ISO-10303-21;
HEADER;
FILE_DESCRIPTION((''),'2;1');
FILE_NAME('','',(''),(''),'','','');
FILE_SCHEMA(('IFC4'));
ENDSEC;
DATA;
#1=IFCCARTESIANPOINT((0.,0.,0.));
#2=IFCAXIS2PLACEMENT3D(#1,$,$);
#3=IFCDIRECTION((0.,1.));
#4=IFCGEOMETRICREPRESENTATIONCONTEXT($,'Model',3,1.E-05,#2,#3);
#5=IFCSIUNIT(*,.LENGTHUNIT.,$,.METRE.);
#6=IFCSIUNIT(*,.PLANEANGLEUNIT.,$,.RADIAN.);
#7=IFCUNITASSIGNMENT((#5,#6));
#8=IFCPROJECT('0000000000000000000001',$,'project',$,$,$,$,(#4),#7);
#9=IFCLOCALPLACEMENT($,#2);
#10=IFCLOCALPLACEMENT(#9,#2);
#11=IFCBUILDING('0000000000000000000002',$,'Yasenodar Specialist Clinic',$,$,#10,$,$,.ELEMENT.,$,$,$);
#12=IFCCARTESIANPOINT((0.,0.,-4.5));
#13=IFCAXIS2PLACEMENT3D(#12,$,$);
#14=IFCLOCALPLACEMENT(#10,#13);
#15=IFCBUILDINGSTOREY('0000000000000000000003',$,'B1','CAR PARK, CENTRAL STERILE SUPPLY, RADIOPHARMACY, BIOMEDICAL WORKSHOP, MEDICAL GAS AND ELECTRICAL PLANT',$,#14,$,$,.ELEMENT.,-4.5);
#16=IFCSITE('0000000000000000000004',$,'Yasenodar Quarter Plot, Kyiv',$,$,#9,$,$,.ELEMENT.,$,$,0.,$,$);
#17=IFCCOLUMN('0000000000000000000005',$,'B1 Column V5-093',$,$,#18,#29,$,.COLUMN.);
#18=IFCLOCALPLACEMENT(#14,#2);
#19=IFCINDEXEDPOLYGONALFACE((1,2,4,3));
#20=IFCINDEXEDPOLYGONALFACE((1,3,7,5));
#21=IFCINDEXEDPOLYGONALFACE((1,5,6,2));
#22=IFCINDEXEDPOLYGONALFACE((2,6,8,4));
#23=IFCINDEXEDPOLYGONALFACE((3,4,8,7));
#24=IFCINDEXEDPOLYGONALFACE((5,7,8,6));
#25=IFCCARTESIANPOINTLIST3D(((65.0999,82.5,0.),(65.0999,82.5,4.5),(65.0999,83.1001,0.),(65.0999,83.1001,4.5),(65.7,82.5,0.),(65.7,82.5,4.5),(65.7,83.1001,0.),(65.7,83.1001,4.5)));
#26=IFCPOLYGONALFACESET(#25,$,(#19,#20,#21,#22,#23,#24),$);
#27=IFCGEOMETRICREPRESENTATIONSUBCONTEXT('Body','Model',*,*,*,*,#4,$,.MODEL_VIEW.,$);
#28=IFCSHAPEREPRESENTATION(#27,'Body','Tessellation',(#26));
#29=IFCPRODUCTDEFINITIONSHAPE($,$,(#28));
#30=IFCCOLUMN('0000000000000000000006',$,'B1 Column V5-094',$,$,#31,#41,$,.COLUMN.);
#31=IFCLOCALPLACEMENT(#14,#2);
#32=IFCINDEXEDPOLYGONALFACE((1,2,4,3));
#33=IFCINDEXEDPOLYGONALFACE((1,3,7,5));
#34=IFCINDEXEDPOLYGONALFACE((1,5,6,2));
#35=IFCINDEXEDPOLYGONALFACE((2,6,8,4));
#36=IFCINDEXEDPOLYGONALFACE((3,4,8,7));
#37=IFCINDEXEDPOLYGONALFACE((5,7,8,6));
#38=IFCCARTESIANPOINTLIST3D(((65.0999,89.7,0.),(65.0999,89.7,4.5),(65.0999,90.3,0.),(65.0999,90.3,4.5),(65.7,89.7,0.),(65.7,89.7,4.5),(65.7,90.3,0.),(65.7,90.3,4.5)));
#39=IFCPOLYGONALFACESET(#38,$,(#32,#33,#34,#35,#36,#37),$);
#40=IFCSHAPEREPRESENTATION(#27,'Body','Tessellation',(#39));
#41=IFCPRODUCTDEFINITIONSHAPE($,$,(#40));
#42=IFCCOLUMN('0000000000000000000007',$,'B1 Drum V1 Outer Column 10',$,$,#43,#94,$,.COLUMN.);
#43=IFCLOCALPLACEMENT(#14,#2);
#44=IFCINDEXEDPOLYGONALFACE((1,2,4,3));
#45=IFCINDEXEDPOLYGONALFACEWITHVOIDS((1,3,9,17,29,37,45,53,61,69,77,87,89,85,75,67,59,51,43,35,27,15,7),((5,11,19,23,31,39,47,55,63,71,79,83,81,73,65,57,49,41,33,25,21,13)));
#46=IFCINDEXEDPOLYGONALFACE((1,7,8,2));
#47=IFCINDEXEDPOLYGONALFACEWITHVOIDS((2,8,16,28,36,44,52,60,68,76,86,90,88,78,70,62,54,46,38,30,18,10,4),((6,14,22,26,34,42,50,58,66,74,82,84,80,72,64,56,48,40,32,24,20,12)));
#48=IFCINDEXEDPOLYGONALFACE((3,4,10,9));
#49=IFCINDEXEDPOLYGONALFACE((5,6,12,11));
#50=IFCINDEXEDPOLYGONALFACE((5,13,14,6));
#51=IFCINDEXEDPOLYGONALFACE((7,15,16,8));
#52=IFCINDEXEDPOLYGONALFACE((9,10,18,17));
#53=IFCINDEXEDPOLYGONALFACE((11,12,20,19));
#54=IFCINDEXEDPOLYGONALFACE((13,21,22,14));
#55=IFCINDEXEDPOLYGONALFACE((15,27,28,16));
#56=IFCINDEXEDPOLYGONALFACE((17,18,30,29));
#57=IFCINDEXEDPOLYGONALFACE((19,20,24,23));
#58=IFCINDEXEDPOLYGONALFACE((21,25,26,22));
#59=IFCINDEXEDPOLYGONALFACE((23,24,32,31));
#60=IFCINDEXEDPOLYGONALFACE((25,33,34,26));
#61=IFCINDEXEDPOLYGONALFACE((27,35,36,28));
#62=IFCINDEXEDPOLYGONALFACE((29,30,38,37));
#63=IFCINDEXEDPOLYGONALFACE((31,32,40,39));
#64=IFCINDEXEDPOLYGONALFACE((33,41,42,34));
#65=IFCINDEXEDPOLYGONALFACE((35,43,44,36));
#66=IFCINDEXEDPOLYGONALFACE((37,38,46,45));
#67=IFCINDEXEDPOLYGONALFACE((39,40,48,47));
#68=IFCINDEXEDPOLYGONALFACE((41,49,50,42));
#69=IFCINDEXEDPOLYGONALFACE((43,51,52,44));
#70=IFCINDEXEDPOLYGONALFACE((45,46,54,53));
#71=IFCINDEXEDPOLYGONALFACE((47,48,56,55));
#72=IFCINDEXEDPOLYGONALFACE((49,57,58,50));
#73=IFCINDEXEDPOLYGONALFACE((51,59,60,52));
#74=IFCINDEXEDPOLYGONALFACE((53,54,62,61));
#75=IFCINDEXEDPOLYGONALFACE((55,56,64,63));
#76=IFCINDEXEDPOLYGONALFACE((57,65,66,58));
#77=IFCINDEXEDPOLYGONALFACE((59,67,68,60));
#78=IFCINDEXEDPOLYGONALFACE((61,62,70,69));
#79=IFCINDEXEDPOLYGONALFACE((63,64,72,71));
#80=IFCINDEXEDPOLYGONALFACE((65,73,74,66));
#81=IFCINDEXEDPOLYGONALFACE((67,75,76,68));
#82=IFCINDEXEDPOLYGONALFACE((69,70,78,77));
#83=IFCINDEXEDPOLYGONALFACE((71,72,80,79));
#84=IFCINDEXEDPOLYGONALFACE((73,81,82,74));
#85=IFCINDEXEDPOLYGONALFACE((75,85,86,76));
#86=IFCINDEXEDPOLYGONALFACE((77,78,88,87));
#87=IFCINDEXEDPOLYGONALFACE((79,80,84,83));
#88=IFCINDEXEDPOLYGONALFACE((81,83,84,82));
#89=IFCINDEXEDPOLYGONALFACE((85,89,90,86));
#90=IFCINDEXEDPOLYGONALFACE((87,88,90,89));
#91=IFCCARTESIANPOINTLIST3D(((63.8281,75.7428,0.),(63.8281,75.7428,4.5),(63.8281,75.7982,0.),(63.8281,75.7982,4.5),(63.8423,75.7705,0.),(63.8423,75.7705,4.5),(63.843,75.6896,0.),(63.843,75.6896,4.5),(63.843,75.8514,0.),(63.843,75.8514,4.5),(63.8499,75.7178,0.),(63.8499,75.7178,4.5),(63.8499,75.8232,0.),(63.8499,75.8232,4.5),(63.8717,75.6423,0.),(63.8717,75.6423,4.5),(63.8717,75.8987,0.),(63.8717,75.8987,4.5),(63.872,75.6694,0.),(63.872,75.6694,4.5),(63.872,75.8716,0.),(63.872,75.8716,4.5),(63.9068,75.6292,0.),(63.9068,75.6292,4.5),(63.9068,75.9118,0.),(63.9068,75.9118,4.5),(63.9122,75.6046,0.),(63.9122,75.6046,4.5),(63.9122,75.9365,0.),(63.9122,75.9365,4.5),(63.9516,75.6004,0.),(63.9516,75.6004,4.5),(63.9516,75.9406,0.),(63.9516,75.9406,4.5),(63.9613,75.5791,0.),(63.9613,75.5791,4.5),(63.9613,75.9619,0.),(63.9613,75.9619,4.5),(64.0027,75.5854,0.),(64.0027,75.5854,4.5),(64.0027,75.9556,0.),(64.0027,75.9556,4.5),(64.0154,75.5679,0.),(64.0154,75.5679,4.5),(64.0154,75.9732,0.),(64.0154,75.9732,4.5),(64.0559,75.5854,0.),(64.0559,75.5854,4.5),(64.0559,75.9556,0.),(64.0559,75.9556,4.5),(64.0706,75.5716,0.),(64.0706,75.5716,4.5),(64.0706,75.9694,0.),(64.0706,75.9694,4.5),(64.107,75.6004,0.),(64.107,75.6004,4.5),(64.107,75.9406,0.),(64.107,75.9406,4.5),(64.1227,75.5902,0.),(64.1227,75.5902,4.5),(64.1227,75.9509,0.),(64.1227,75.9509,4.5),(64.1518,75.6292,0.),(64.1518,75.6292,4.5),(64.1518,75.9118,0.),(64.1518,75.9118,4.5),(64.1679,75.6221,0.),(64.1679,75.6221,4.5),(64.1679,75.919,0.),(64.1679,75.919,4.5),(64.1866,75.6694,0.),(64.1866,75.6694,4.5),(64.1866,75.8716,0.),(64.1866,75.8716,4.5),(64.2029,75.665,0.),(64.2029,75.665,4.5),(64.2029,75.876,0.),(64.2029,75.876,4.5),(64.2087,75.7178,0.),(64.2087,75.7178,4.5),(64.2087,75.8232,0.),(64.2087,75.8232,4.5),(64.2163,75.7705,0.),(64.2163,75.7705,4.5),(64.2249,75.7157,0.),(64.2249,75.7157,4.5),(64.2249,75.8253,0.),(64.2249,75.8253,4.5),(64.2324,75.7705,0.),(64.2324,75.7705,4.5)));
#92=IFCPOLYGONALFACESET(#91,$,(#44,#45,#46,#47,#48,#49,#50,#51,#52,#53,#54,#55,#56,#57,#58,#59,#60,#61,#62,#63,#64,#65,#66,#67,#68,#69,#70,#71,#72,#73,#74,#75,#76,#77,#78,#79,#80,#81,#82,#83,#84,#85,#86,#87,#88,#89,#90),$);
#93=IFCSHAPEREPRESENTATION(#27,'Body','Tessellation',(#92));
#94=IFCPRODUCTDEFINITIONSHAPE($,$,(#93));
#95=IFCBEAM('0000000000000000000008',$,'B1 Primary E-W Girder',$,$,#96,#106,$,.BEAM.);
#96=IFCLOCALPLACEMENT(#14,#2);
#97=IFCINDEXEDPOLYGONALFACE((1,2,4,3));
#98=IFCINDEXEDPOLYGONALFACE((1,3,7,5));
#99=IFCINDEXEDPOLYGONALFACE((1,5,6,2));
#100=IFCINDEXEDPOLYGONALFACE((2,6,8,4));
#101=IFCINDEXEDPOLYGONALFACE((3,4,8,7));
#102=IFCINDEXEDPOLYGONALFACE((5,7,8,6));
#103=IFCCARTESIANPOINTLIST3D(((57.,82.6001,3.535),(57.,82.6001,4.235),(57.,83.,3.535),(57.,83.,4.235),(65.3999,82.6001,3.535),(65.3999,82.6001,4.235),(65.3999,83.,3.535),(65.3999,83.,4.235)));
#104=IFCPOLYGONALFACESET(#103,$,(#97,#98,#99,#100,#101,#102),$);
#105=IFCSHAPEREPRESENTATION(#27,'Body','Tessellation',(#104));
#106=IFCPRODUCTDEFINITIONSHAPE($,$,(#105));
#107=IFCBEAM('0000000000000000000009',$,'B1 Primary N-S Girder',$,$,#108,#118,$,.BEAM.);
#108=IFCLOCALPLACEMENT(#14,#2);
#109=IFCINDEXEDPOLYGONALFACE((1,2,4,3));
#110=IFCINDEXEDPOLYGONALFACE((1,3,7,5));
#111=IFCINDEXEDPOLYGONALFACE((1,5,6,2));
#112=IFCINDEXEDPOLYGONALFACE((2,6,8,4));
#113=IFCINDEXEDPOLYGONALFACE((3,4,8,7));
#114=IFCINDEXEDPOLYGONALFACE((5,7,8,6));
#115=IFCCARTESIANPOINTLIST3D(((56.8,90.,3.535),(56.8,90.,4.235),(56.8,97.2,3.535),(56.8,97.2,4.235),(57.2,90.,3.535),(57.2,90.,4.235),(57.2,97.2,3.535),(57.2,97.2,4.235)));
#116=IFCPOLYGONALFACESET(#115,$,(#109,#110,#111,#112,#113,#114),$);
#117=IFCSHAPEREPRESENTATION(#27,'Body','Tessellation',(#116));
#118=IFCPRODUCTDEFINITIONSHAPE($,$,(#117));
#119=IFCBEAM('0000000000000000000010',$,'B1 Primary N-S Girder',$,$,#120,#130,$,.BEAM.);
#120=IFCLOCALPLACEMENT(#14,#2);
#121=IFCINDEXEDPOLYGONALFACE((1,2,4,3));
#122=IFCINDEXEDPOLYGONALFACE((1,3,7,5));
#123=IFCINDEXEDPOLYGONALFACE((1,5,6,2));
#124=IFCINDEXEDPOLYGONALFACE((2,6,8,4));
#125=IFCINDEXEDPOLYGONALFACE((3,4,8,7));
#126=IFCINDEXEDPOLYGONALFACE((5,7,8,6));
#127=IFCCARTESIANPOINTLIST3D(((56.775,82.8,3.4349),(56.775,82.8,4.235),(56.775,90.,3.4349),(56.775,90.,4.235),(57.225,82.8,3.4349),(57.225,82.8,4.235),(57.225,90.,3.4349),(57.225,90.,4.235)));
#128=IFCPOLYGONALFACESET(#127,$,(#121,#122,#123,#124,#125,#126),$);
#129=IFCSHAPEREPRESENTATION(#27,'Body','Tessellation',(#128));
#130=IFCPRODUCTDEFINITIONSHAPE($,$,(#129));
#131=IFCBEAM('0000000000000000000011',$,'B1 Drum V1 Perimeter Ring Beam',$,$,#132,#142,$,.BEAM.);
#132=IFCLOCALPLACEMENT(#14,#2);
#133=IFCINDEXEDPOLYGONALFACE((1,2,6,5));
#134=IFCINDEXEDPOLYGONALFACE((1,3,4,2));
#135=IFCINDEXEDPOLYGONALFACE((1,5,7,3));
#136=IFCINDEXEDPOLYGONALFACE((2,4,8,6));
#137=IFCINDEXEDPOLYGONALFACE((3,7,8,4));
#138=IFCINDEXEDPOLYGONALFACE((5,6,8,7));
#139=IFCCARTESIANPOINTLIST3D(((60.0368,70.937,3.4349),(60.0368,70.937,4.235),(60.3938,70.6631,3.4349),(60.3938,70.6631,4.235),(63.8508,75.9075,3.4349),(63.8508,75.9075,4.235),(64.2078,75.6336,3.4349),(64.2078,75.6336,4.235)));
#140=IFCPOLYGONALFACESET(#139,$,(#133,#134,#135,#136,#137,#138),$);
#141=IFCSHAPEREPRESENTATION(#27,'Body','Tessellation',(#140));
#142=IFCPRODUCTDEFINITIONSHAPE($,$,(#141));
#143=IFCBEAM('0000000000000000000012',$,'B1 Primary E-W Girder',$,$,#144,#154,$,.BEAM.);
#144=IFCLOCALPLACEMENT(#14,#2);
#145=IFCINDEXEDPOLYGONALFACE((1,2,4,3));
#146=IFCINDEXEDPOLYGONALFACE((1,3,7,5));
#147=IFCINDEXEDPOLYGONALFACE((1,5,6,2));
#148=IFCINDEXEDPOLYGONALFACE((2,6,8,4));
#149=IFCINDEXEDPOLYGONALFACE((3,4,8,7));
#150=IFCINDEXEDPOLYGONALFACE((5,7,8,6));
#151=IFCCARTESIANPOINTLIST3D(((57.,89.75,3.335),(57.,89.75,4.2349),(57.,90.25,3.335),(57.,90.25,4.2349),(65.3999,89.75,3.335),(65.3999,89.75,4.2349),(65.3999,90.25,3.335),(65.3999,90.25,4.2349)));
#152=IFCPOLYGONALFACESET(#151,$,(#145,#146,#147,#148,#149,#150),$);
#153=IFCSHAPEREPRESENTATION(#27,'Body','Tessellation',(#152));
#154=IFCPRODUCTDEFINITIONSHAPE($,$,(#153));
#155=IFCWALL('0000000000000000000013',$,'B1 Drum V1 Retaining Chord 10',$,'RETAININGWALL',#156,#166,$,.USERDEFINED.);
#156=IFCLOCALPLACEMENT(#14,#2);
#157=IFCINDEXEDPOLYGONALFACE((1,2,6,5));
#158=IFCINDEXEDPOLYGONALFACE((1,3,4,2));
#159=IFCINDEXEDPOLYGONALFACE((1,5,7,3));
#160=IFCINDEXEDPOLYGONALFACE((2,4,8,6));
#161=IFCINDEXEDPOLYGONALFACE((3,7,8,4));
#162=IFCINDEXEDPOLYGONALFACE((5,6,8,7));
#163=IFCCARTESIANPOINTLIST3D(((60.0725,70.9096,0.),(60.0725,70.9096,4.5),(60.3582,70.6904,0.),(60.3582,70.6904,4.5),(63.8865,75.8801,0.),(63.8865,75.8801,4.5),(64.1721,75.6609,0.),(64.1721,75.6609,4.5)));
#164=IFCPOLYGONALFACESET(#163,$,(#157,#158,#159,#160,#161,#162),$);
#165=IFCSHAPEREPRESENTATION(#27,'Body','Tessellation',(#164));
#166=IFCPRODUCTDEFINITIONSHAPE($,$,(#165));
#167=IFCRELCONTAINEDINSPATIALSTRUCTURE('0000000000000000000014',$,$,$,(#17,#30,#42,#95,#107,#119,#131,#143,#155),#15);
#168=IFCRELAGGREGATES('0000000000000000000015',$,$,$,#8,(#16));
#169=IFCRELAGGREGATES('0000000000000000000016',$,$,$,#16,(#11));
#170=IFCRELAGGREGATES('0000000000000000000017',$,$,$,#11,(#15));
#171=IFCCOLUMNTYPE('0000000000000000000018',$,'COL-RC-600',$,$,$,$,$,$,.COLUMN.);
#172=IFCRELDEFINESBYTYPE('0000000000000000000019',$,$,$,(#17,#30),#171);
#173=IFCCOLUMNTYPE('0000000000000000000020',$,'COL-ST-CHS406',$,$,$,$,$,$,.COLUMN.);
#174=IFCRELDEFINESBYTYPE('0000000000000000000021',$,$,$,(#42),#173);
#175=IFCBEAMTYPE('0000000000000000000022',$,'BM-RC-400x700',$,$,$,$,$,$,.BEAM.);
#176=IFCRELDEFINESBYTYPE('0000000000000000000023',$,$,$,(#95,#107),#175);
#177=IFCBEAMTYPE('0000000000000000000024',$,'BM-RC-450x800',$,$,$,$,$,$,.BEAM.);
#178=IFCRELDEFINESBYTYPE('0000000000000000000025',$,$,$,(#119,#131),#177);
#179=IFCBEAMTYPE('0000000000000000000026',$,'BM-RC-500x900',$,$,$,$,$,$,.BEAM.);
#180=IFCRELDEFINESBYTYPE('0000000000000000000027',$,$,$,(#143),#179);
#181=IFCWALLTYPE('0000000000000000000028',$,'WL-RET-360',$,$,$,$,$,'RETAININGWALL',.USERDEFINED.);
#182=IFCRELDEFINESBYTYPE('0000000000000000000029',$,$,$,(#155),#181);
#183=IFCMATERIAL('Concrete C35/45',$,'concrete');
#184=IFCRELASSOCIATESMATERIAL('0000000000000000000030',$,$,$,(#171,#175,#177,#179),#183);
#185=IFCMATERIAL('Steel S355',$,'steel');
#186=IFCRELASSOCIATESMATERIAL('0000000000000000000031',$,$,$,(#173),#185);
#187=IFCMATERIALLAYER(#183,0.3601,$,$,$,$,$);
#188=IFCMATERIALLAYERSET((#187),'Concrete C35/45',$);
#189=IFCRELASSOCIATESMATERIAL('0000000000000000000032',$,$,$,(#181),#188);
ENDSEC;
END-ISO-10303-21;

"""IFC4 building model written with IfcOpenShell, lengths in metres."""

from ifc_helpers import new_model, si_unit, direction, frame, frame_2d, origin, origin_2d, place, context, subcontext, project, spatial, rectangle, hollow_circle, extrude, material, layer, layer_set, material_profile, profile_set, type_object, element, save


model = new_model("IFC4")

# Units and contexts
model_context = context("Model", 3, precision=1e-05, world=origin(), true_north=direction((0.0, 1.0)))
body_context = subcontext(model_context, "Body", "Model", "MODEL_VIEW")
ifc_project = project(units=[si_unit("LENGTHUNIT", "METRE"), si_unit("PLANEANGLEUNIT", "RADIAN")], contexts=[model_context])

# Site, building, storey
site_placement = place(None, origin())
site = spatial("IfcSite", under=ifc_project, at=site_placement, Name="Yasenodar Quarter Plot, Kyiv", CompositionType="ELEMENT", RefElevation=0.0)
building_placement = place(site_placement, origin())
building = spatial("IfcBuilding", under=site, at=building_placement, Name="Yasenodar Specialist Clinic", CompositionType="ELEMENT")
storey_placement = place(building_placement, frame((0.0, 0.0, -4.5)))
storey = spatial("IfcBuildingStorey", under=building, at=storey_placement, Name="B1", Description="CAR PARK, CENTRAL STERILE SUPPLY, RADIOPHARMACY, BIOMEDICAL WORKSHOP, MEDICAL GAS AND ELECTRICAL PLANT", CompositionType="ELEMENT", Elevation=-4.5)

# Shared definitions
ifc_material_1 = material(Name="Concrete C35/45", Category="concrete")

# Columns
ifc_material_profile_1 = material_profile(ifc_material_1, rectangle(XDim=0.6001, YDim=0.6001, at=origin_2d()), Name="RC 600x600")
ifc_profile_set_1 = profile_set([ifc_material_profile_1], Name="Concrete C35/45")
column_type_1 = type_object("IfcColumnType", Name="COL-RC-600", PredefinedType="COLUMN", material=ifc_profile_set_1)
for number, where, z_axis, x_axis, name in (
    (1, (65.3999, 82.8, 0.0), (0.0, 0.0, 1.0), (1.0, 0.0, 0.0), "B1 Column V5-093"),
    (2, (65.3999, 90.0, 0.0), (0.0, 0.0, 1.0), (1.0, 0.0, 0.0), "B1 Column V5-094"),
):
    element("IfcColumn", number, at=place(storey_placement, frame(where, z_axis=z_axis, x_axis=x_axis)), inside=storey, type_object=column_type_1, Name=name, PredefinedType="COLUMN", context=body_context, shape_type="SweptSolid", body=[
        extrude(rectangle(XDim=0.6001, YDim=0.6001, at=origin_2d()), origin(), (0.0, 0.0, 1.0), 4.5),
    ])
ifc_material_2 = material(Name="Steel S355", Category="steel")
ifc_material_profile_2 = material_profile(ifc_material_2, hollow_circle(Radius=0.2031, WallThickness=0.0161, at=origin_2d()), Name="CHS 406.4x16")
ifc_profile_set_2 = profile_set([ifc_material_profile_2], Name="Steel S355")
column_type_2 = type_object("IfcColumnType", Name="COL-ST-CHS406", PredefinedType="COLUMN", material=ifc_profile_set_2)
column_placement = place(storey_placement, frame((64.0293, 75.7705, 0.0), z_axis=(0.0, 0.0, 1.0), x_axis=(1.0, 0.0, 0.0)))
element("IfcColumn", 3, at=column_placement, inside=storey, type_object=column_type_2, Name="B1 Drum V1 Outer Column 10", PredefinedType="COLUMN", context=body_context, shape_type="SweptSolid", body=[
    extrude(hollow_circle(Radius=0.2031, WallThickness=0.0161, at=origin_2d()), origin(), (0.0, 0.0, 1.0), 4.5),
])

# Beams
ifc_material_profile_3 = material_profile(ifc_material_1, rectangle(XDim=0.3999, YDim=0.7, at=origin_2d()), Name="RC 400x700")
ifc_profile_set_3 = profile_set([ifc_material_profile_3], Name="Concrete C35/45")
beam_type_1 = type_object("IfcBeamType", Name="BM-RC-400x700", PredefinedType="BEAM", material=ifc_profile_set_3)
beam_1_placement = place(storey_placement, frame((57.0, 82.8, 3.885), z_axis=(1.0, 0.0, 0.0), x_axis=(0.0, 1.0, 0.0)))
element("IfcBeam", 4, at=beam_1_placement, inside=storey, type_object=beam_type_1, Name="B1 Primary E-W Girder", PredefinedType="BEAM", context=body_context, shape_type="SweptSolid", body=[
    extrude(rectangle(XDim=0.3999, YDim=0.7, at=origin_2d()), origin(), (0.0, 0.0, 1.0), 8.3999),
])
beam_2_placement = place(storey_placement, frame((57.0, 90.0, 3.885), z_axis=(0.0, 1.0, 0.0), x_axis=(-1.0, 0.0, 0.0)))
element("IfcBeam", 5, at=beam_2_placement, inside=storey, type_object=beam_type_1, Name="B1 Primary N-S Girder", PredefinedType="BEAM", context=body_context, shape_type="SweptSolid", body=[
    extrude(rectangle(XDim=0.3999, YDim=0.7, at=origin_2d()), origin(), (0.0, 0.0, 1.0), 7.2),
])
ifc_material_profile_4 = material_profile(ifc_material_1, rectangle(XDim=0.45, YDim=0.8, at=origin_2d()), Name="RC 450x800")
ifc_profile_set_4 = profile_set([ifc_material_profile_4], Name="Concrete C35/45")
beam_type_2 = type_object("IfcBeamType", Name="BM-RC-450x800", PredefinedType="BEAM", material=ifc_profile_set_4)
beam_3_placement = place(storey_placement, frame((57.0, 82.8, 3.835), z_axis=(0.0, 1.0, 0.0), x_axis=(-1.0, 0.0, 0.0)))
element("IfcBeam", 6, at=beam_3_placement, inside=storey, type_object=beam_type_2, Name="B1 Primary N-S Girder", PredefinedType="BEAM", context=body_context, shape_type="SweptSolid", body=[
    extrude(rectangle(XDim=0.45, YDim=0.8, at=origin_2d()), origin(), (0.0, 0.0, 1.0), 7.2),
])
beam_4_placement = place(storey_placement, frame((64.0293, 75.7705, 3.835), z_axis=(-0.608761, -0.793354, 0.0), x_axis=(0.793354, -0.608761, 0.0)))
element("IfcBeam", 7, at=beam_4_placement, inside=storey, type_object=beam_type_2, Name="B1 Drum V1 Perimeter Ring Beam", PredefinedType="BEAM", context=body_context, shape_type="SweptSolid", body=[
    extrude(rectangle(XDim=0.45, YDim=0.8, at=origin_2d()), origin(), (0.0, 0.0, 1.0), 6.2651),
])
ifc_material_profile_5 = material_profile(ifc_material_1, rectangle(XDim=0.5, YDim=0.8999, at=origin_2d()), Name="RC 500x900")
ifc_profile_set_5 = profile_set([ifc_material_profile_5], Name="Concrete C35/45")
beam_type_3 = type_object("IfcBeamType", Name="BM-RC-500x900", PredefinedType="BEAM", material=ifc_profile_set_5)
beam_5_placement = place(storey_placement, frame((57.0, 90.0, 3.7849), z_axis=(1.0, 0.0, 0.0), x_axis=(0.0, 1.0, 0.0)))
element("IfcBeam", 8, at=beam_5_placement, inside=storey, type_object=beam_type_3, Name="B1 Primary E-W Girder", PredefinedType="BEAM", context=body_context, shape_type="SweptSolid", body=[
    extrude(rectangle(XDim=0.5, YDim=0.8999, at=origin_2d()), origin(), (0.0, 0.0, 1.0), 8.3999),
])

# Wall
ifc_layer = layer(ifc_material_1, 0.3601)
ifc_layer_set = layer_set([ifc_layer], Name="Concrete C35/45")
wall_type = type_object("IfcWallType", Name="WL-RET-360", ElementType="RETAININGWALL", PredefinedType="USERDEFINED", material=ifc_layer_set)
wall_placement = place(storey_placement, frame((64.0293, 75.7705, 0.0), z_axis=(0.0, 0.0, 1.0), x_axis=(-0.608761, -0.793354, 0.0)))
element("IfcWall", 9, at=wall_placement, inside=storey, type_object=wall_type, Name="B1 Drum V1 Retaining Chord 10", ObjectType="RETAININGWALL", PredefinedType="USERDEFINED", context=body_context, shape_type="SweptSolid", body=[
    extrude(rectangle(XDim=6.2651, YDim=0.3601, at=frame_2d((3.1326, 0.0))), origin(), (0.0, 0.0, 1.0), 4.5),
])

save(model, "model.ifc")
